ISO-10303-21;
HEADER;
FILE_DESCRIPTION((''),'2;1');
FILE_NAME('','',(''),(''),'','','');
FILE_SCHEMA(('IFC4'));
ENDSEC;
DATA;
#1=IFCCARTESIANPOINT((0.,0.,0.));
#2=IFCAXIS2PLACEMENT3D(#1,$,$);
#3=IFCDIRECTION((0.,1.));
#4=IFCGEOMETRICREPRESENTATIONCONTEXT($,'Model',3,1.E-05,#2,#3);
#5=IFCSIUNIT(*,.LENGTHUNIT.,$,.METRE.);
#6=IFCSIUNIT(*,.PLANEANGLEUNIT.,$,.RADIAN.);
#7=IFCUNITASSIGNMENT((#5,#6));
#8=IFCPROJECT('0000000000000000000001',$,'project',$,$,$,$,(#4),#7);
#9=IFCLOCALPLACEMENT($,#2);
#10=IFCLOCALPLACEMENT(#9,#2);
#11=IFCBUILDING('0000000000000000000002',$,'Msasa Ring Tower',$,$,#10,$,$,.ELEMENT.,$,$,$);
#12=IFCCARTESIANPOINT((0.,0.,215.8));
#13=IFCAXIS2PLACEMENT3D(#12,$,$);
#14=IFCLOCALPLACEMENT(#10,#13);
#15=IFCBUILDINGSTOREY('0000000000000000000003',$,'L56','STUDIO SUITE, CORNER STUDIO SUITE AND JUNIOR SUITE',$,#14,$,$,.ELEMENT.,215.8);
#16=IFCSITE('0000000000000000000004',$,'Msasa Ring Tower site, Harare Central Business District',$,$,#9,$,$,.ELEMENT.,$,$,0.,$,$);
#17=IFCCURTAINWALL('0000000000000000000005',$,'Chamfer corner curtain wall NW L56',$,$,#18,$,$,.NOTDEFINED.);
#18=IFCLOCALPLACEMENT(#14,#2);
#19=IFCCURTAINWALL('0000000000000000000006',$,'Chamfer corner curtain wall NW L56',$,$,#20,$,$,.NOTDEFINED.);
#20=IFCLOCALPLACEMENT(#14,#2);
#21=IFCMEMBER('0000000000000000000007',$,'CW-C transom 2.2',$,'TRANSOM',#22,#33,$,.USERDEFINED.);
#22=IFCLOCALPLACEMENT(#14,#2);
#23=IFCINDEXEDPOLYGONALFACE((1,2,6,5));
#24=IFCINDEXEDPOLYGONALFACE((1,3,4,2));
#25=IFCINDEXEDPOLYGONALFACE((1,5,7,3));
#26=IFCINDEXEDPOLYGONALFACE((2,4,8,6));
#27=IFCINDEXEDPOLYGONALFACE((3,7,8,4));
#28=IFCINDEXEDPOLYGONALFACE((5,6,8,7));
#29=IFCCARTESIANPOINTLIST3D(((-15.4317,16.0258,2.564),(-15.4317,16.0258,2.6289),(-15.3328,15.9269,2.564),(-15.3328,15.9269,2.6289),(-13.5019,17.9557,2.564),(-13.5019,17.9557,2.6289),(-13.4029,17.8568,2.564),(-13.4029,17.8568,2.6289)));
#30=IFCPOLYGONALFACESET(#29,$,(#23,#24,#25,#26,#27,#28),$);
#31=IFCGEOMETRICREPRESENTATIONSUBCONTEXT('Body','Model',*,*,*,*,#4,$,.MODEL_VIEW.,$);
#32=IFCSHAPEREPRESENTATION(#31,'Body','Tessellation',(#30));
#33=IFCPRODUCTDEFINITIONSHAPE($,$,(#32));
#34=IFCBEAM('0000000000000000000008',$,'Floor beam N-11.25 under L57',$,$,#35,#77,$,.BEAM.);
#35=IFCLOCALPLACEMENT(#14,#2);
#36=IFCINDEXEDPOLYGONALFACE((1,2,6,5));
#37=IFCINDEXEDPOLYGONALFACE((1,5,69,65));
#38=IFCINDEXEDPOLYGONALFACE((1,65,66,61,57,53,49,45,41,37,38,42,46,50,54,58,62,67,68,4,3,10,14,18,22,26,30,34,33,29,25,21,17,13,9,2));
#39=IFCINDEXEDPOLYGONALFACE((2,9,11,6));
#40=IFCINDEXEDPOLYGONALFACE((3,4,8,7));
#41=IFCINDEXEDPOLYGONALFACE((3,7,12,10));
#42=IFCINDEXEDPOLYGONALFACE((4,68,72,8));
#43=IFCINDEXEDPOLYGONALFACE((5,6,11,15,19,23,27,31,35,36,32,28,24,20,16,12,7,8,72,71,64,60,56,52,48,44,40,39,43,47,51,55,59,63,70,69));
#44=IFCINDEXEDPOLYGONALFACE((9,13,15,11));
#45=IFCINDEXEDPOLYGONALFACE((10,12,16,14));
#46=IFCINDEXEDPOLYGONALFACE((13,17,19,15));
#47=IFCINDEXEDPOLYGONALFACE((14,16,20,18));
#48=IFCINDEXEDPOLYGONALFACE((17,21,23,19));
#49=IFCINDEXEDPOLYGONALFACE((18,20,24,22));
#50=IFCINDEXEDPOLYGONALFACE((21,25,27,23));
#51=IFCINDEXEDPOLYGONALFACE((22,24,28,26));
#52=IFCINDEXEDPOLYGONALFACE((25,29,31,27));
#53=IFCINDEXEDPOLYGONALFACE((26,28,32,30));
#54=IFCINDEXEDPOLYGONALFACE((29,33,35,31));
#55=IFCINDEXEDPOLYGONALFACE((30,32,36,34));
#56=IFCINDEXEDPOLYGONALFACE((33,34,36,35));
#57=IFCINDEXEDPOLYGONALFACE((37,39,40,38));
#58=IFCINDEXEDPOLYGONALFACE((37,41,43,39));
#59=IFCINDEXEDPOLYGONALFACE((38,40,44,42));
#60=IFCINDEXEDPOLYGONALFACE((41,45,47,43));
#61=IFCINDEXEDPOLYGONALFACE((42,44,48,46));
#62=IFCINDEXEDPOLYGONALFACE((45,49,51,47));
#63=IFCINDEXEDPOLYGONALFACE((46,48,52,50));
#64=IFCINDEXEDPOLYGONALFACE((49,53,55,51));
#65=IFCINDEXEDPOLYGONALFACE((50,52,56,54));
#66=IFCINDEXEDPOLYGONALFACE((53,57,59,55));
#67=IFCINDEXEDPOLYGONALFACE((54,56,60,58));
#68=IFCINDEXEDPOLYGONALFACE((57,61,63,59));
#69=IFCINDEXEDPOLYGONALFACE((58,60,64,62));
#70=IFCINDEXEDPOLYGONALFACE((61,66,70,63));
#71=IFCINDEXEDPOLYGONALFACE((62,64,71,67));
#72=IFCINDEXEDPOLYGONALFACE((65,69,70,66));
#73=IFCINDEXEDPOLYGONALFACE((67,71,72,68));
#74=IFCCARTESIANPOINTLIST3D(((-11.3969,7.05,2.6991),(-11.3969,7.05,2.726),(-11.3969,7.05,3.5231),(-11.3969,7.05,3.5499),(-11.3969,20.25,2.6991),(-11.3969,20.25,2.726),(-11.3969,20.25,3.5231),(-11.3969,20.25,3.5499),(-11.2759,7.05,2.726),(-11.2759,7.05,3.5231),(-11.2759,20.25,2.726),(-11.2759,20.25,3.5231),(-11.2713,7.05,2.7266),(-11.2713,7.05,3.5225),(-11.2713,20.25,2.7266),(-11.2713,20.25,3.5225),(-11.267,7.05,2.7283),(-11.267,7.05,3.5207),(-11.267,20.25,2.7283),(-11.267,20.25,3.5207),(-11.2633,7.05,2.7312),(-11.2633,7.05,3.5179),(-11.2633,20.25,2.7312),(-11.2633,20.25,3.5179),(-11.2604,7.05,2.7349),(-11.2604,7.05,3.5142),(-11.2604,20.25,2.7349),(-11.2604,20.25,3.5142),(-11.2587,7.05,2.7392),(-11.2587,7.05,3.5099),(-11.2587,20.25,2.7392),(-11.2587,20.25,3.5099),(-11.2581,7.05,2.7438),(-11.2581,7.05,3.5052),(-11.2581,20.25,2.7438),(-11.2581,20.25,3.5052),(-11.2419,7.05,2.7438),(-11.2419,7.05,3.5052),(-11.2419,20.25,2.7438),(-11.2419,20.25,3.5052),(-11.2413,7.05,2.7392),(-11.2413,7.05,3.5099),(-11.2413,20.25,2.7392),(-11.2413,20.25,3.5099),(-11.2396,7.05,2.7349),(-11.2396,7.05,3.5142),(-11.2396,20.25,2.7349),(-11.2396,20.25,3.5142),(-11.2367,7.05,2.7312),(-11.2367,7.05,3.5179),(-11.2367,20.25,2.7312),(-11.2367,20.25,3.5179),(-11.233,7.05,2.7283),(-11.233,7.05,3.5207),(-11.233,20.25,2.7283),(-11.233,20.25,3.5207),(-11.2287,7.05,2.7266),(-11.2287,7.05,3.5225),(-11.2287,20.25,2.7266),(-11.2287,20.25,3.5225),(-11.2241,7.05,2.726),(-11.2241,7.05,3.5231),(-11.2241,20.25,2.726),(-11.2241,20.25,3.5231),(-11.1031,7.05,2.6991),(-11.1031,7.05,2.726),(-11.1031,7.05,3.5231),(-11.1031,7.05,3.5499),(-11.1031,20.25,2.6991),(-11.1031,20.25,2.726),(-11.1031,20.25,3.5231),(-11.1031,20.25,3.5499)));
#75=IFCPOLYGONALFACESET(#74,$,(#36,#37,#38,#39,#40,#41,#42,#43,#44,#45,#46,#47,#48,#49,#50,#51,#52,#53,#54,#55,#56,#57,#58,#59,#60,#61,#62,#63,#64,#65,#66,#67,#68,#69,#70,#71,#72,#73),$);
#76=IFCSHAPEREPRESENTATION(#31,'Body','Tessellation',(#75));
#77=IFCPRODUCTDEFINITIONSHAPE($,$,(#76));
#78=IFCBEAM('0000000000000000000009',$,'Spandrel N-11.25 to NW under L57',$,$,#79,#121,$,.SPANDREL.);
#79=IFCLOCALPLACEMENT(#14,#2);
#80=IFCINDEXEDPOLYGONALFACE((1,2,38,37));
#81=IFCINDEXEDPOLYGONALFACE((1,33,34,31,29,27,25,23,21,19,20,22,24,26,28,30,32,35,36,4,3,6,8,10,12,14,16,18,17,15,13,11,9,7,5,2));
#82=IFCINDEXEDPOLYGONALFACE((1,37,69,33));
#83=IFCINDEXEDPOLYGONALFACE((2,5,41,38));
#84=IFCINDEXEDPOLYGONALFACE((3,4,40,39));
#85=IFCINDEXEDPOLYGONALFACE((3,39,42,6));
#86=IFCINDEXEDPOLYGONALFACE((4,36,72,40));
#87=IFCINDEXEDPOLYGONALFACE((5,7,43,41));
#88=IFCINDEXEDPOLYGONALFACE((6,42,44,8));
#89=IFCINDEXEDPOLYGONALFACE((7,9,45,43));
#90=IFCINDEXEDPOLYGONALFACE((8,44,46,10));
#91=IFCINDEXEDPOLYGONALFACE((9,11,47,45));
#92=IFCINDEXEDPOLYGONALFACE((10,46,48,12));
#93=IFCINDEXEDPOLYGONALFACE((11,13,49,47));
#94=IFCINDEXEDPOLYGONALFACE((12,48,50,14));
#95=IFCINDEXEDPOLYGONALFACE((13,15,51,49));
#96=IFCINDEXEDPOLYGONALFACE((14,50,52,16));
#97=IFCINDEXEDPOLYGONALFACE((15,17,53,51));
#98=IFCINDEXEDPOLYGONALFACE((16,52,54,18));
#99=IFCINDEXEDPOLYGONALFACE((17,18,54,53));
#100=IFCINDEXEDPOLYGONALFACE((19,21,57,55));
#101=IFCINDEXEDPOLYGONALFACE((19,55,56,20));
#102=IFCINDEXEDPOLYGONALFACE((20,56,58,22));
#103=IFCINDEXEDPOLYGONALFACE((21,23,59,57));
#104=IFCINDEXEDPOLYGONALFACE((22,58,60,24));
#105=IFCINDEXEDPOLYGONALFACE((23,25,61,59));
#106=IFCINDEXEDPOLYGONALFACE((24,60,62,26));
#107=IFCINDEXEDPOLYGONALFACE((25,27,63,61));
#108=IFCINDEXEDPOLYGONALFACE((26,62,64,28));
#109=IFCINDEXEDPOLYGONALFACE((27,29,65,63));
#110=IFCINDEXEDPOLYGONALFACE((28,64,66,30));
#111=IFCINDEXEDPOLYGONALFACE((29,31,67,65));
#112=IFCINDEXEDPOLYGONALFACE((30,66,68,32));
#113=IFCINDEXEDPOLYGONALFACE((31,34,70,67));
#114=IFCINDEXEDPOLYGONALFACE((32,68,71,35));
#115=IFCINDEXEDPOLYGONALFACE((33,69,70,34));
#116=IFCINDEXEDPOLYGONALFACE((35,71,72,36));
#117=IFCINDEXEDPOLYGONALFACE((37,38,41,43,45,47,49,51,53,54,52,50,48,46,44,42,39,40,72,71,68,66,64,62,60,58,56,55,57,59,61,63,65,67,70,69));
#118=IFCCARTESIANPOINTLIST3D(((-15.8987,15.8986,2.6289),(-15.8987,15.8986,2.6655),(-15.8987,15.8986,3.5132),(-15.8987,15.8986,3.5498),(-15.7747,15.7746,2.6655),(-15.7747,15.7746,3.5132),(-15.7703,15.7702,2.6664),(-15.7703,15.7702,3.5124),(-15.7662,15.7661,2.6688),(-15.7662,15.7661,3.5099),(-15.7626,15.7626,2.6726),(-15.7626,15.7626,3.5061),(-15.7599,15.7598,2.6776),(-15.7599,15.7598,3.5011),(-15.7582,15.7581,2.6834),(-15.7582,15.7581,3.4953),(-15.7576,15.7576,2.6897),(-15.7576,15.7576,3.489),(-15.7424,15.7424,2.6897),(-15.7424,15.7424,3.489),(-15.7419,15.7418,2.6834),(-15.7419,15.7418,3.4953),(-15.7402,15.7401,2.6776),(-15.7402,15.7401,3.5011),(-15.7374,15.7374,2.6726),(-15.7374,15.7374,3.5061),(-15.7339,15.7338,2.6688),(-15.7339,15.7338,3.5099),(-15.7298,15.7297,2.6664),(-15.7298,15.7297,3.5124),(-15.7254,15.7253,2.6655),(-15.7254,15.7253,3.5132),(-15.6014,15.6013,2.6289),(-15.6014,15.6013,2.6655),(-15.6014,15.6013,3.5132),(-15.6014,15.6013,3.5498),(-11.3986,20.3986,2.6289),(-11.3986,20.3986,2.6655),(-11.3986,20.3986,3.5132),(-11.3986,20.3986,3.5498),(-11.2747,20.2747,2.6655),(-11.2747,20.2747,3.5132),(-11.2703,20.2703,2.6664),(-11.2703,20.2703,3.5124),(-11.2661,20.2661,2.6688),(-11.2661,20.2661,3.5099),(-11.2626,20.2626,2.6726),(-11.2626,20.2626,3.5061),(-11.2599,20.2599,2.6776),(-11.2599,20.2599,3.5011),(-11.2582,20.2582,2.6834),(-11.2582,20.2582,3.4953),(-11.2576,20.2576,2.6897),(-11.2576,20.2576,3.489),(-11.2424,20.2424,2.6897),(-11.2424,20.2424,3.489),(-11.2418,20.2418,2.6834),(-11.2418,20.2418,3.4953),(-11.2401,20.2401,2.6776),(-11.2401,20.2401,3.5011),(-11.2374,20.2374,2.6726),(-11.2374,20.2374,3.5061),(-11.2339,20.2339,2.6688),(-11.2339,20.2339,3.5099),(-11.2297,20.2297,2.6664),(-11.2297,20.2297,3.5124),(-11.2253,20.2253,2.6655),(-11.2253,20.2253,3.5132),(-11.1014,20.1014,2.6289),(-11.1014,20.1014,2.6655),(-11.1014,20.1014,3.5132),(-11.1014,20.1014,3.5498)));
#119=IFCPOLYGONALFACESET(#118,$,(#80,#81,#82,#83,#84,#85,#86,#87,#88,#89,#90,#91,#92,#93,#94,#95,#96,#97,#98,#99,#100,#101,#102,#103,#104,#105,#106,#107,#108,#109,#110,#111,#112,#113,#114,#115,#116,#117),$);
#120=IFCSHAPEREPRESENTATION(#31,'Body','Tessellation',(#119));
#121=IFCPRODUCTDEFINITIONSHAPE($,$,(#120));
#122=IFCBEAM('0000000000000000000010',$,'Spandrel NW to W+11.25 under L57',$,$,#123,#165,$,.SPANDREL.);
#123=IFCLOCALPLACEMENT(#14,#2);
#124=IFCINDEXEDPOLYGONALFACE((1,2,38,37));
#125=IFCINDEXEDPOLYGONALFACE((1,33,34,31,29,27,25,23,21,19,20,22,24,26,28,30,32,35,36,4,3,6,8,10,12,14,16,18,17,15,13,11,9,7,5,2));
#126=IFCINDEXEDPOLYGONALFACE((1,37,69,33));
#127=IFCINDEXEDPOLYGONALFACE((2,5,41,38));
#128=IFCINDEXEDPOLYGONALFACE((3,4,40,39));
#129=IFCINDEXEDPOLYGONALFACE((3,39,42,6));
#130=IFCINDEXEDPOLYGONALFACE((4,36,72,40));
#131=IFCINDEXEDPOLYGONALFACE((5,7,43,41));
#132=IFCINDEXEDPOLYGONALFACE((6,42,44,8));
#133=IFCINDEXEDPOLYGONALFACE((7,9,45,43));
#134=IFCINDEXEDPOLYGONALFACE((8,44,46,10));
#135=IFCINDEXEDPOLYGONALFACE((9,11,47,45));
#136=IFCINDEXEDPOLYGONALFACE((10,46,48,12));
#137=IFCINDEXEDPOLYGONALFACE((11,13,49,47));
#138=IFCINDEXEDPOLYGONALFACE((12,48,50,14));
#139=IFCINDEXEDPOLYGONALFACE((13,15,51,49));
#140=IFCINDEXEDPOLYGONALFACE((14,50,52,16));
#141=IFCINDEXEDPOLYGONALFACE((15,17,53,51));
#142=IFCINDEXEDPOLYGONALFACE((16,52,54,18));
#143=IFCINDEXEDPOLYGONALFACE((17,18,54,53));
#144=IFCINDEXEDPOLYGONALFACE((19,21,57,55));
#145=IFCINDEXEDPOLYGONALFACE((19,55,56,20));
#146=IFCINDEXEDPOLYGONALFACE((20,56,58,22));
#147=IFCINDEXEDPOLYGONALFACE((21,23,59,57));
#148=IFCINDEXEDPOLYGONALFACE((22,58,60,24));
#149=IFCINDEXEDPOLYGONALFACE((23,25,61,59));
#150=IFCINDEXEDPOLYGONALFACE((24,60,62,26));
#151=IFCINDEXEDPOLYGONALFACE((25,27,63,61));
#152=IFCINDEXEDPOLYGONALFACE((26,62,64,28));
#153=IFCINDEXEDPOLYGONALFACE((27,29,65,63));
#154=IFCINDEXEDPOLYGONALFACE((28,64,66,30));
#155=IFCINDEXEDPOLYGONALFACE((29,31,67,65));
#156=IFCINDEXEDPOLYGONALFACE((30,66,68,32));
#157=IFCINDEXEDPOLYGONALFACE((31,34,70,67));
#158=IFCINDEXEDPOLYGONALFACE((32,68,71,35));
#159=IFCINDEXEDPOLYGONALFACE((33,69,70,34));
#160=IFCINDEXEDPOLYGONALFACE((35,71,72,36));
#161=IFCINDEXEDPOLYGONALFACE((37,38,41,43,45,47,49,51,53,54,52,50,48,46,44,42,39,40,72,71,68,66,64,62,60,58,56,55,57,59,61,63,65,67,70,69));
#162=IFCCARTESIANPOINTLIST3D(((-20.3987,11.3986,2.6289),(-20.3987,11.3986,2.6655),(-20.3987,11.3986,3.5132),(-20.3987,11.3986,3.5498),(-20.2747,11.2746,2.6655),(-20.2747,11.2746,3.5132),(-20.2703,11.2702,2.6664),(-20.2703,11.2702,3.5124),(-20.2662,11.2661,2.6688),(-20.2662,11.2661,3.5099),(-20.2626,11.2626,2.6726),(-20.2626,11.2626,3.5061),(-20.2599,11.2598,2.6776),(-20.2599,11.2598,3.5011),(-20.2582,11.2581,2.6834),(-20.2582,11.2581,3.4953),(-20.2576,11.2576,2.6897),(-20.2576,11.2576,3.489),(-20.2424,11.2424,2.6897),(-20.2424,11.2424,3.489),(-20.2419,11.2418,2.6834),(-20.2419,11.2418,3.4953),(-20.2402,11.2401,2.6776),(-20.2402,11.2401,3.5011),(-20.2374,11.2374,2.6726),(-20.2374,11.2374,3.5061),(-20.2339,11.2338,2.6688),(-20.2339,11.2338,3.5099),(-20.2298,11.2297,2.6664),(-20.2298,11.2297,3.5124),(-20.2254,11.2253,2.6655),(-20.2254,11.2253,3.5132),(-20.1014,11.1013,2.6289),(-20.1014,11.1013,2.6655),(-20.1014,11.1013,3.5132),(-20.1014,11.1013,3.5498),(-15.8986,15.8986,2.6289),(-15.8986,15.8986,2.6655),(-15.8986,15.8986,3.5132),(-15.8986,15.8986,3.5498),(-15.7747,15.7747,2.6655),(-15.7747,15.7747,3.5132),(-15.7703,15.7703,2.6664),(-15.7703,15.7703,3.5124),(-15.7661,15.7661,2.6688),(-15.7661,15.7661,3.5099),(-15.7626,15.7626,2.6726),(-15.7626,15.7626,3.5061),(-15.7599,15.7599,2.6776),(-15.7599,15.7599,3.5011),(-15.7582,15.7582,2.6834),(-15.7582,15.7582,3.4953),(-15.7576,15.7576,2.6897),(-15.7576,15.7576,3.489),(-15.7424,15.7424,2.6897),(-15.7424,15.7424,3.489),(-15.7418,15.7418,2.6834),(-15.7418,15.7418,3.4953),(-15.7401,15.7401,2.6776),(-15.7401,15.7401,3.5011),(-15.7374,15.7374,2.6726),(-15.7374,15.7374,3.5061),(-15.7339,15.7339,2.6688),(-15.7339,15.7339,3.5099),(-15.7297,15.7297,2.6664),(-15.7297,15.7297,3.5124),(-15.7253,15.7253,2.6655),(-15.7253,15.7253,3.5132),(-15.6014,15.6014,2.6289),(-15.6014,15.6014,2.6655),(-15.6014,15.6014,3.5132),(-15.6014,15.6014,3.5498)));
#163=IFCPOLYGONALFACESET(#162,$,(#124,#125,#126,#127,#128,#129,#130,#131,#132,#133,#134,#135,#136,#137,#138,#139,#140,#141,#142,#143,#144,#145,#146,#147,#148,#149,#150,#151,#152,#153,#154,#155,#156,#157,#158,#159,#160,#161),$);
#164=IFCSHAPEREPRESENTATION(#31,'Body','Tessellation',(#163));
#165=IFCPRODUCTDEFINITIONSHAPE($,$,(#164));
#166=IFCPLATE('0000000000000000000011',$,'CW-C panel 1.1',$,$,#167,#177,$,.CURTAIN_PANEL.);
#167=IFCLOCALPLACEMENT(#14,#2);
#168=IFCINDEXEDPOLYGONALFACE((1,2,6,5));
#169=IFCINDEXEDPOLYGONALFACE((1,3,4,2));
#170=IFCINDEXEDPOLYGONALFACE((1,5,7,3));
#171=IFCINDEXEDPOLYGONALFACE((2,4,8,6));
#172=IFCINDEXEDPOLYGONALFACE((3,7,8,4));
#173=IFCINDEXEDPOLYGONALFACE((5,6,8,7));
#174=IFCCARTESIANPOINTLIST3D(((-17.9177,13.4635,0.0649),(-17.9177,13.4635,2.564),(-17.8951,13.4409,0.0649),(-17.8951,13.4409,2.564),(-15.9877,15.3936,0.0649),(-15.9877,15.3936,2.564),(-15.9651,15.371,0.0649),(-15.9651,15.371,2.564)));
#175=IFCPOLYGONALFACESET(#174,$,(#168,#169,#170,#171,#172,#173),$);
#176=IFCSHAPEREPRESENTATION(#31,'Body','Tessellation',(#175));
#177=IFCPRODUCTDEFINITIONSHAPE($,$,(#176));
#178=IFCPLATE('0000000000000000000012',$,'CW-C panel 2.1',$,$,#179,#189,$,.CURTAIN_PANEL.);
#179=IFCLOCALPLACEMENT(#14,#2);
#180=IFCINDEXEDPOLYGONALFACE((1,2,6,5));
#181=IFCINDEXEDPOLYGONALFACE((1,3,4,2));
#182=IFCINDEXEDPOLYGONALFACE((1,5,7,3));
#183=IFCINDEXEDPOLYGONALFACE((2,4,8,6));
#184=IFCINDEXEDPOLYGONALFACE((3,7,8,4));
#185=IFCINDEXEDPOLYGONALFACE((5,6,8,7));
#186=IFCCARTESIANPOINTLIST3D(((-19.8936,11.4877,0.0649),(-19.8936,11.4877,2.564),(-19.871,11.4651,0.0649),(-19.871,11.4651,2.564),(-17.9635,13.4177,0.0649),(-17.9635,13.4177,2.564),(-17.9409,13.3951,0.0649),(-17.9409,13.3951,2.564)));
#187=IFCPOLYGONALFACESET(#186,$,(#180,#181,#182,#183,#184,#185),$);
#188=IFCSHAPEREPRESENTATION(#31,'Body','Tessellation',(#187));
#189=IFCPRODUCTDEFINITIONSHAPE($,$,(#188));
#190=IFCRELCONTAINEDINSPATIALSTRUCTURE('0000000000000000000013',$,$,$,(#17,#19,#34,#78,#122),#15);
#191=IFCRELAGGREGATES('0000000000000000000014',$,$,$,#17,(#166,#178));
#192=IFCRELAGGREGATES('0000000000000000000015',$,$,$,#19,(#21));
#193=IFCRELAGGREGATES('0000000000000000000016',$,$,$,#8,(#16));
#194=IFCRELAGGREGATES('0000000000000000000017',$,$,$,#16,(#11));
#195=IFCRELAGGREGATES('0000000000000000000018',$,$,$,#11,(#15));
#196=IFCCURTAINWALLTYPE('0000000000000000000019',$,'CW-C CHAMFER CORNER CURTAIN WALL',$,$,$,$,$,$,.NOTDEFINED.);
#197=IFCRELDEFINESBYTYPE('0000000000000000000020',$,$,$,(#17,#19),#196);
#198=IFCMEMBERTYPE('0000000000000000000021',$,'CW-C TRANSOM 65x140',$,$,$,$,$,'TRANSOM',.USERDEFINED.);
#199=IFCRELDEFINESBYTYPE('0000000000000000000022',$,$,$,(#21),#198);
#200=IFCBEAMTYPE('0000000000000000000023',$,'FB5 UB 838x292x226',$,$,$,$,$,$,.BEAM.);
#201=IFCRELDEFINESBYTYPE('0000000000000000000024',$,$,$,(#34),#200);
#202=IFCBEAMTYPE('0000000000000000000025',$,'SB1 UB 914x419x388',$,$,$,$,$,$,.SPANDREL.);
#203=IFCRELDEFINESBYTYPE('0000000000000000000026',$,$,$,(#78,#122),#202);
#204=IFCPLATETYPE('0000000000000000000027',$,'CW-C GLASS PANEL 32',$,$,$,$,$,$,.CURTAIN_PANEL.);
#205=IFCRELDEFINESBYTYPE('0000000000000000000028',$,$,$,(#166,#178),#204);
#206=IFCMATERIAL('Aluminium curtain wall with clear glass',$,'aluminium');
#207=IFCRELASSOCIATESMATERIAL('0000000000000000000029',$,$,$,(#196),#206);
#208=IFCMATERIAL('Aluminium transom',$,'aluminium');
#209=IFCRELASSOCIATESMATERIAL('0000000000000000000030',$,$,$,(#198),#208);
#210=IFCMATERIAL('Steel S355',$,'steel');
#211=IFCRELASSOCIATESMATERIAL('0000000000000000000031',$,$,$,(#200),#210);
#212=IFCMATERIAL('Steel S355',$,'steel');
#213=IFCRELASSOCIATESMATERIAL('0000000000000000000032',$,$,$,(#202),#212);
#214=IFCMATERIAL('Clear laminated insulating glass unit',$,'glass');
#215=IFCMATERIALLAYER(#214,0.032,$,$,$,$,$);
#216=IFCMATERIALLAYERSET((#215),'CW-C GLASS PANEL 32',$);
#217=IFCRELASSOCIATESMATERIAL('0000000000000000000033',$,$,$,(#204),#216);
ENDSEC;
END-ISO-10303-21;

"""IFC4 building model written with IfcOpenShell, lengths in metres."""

from ifc_helpers import new_model, si_unit, direction, frame, origin, origin_2d, place, context, subcontext, project, spatial, rectangle, i_section, extrude, material, layer, layer_set, material_profile, profile_set, type_object, element, aggregate, save


model = new_model("IFC4")

# Units and contexts
model_context = context("Model", 3, precision=1e-05, world=origin(), true_north=direction((0.0, 1.0)))
body_context = subcontext(model_context, "Body", "Model", "MODEL_VIEW")
ifc_project = project(units=[si_unit("LENGTHUNIT", "METRE"), si_unit("PLANEANGLEUNIT", "RADIAN")], contexts=[model_context])

# Site, building, storey
site_placement = place(None, origin())
site = spatial("IfcSite", under=ifc_project, at=site_placement, Name="Msasa Ring Tower site, Harare Central Business District", CompositionType="ELEMENT", RefElevation=0.0)
building_placement = place(site_placement, origin())
building = spatial("IfcBuilding", under=site, at=building_placement, Name="Msasa Ring Tower", CompositionType="ELEMENT")
storey_placement = place(building_placement, frame((0.0, 0.0, 215.8)))
storey = spatial("IfcBuildingStorey", under=building, at=storey_placement, Name="L56", Description="STUDIO SUITE, CORNER STUDIO SUITE AND JUNIOR SUITE", CompositionType="ELEMENT", Elevation=215.8)

# Curtain walls
ifc_material_1 = material(Name="Aluminium curtain wall with clear glass", Category="aluminium")
curtain_wall_type = type_object("IfcCurtainWallType", Name="CW-C CHAMFER CORNER CURTAIN WALL", PredefinedType="NOTDEFINED", material=ifc_material_1)
curtain_wall_1_placement = place(storey_placement, origin())
curtain_wall_1 = element("IfcCurtainWall", 1, at=curtain_wall_1_placement, inside=storey, type_object=curtain_wall_type, Name="Chamfer corner curtain wall NW L56", PredefinedType="NOTDEFINED")
curtain_wall_2_placement = place(storey_placement, origin())
curtain_wall_2 = element("IfcCurtainWall", 2, at=curtain_wall_2_placement, inside=storey, type_object=curtain_wall_type, Name="Chamfer corner curtain wall NW L56", PredefinedType="NOTDEFINED")

# Member
ifc_material_2 = material(Name="Aluminium transom", Category="aluminium")
ifc_material_profile_1 = material_profile(ifc_material_2, rectangle(XDim=0.1399, YDim=0.0649, at=origin_2d()), Name="AL 65x140")
ifc_profile_set_1 = profile_set([ifc_material_profile_1], Name="Aluminium transom")
member_type_1 = type_object("IfcMemberType", Name="CW-C TRANSOM 65x140", ElementType="TRANSOM", PredefinedType="USERDEFINED", material=ifc_profile_set_1)
member_1_placement = place(storey_placement, frame((-13.4524, 17.9062, 2.5964), z_axis=(-0.707107, -0.707107, 0.0), x_axis=(0.707107, -0.707107, 0.0)))
member_1 = element("IfcMember", 3, at=member_1_placement, type_object=member_type_1, Name="CW-C transom 2.2", ObjectType="TRANSOM", PredefinedType="USERDEFINED", context=body_context, shape_type="SweptSolid", body=[
    extrude(rectangle(XDim=0.1399, YDim=0.0649, at=origin_2d()), origin(), (0.0, 0.0, 1.0), 2.7292),
])

# Beams
ifc_material_3 = material(Name="Steel S355", Category="steel")
ifc_material_profile_2 = material_profile(ifc_material_3, i_section(OverallWidth=0.2937, OverallDepth=0.8508, WebThickness=0.0161, FlangeThickness=0.0269, FilletRadius=0.0178, at=origin_2d()), Name="UB 838x292x226")
ifc_profile_set_2 = profile_set([ifc_material_profile_2], Name="Steel S355")
beam_type_1 = type_object("IfcBeamType", Name="FB5 UB 838x292x226", PredefinedType="BEAM", material=ifc_profile_set_2)
beam_placement = place(storey_placement, frame((-11.25, 20.25, 3.1245), z_axis=(0.0, -1.0, 0.0), x_axis=(1.0, 0.0, 0.0)))
element("IfcBeam", 4, at=beam_placement, inside=storey, type_object=beam_type_1, Name="Floor beam N-11.25 under L57", PredefinedType="BEAM", context=body_context, shape_type="SweptSolid", body=[
    extrude(i_section(OverallWidth=0.2937, OverallDepth=0.8508, WebThickness=0.0161, FlangeThickness=0.0269, FilletRadius=0.0178, at=origin_2d()), origin(), (0.0, 0.0, 1.0), 13.2),
])
ifc_material_4 = material(Name="Steel S355", Category="steel")
ifc_material_profile_3 = material_profile(ifc_material_4, i_section(OverallWidth=0.4204, OverallDepth=0.9209, WebThickness=0.0215, FlangeThickness=0.0366, FilletRadius=0.0242, at=origin_2d()), Name="UB 914x419x388")
ifc_profile_set_3 = profile_set([ifc_material_profile_3], Name="Steel S355")
beam_type_2 = type_object("IfcBeamType", Name="SB1 UB 914x419x388", PredefinedType="SPANDREL", material=ifc_profile_set_3)
for number, where, z_axis, x_axis, name in (
    (5, (-11.25, 20.25, 3.0894), (-0.707107, -0.707107, 0.0), (0.707107, -0.707107, 0.0), "Spandrel N-11.25 to NW under L57"),
    (6, (-15.75, 15.75, 3.0894), (-0.707107, -0.707107, 0.0), (0.707107, -0.707107, 0.0), "Spandrel NW to W+11.25 under L57"),
):
    element("IfcBeam", number, at=place(storey_placement, frame(where, z_axis=z_axis, x_axis=x_axis)), inside=storey, type_object=beam_type_2, Name=name, PredefinedType="SPANDREL", context=body_context, shape_type="SweptSolid", body=[
        extrude(i_section(OverallWidth=0.4204, OverallDepth=0.9209, WebThickness=0.0215, FlangeThickness=0.0366, FilletRadius=0.0242, at=origin_2d()), origin(), (0.0, 0.0, 1.0), 6.364),
    ])

# Plates
ifc_material_5 = material(Name="Clear laminated insulating glass unit", Category="glass")
ifc_layer_1 = layer(ifc_material_5, 0.032)
ifc_layer_set_1 = layer_set([ifc_layer_1], Name="CW-C GLASS PANEL 32")
plate_type = type_object("IfcPlateType", Name="CW-C GLASS PANEL 32", PredefinedType="CURTAIN_PANEL", material=ifc_layer_set_1)
plate_1_placement = place(storey_placement, frame((-16.9414, 14.4172, 0.0649), z_axis=(0.0, 0.0, 1.0), x_axis=(-0.707107, -0.707107, 0.0)))
plate_1 = element("IfcPlate", 7, at=plate_1_placement, type_object=plate_type, Name="CW-C panel 1.1", PredefinedType="CURTAIN_PANEL", context=body_context, shape_type="SweptSolid", body=[
    extrude(rectangle(XDim=2.7295, YDim=0.032, at=origin_2d()), origin(), (0.0, 0.0, 1.0), 2.499),
])
plate_2_placement = place(storey_placement, frame((-18.9172, 12.4414, 0.0649), z_axis=(0.0, 0.0, 1.0), x_axis=(-0.707107, -0.707107, 0.0)))
plate_2 = element("IfcPlate", 8, at=plate_2_placement, type_object=plate_type, Name="CW-C panel 2.1", PredefinedType="CURTAIN_PANEL", context=body_context, shape_type="SweptSolid", body=[
    extrude(rectangle(XDim=2.7295, YDim=0.032, at=origin_2d()), origin(), (0.0, 0.0, 1.0), 2.499),
])
aggregate(curtain_wall_1, [plate_1, plate_2])
aggregate(curtain_wall_2, [member_1])

save(model, "model.ifc")
